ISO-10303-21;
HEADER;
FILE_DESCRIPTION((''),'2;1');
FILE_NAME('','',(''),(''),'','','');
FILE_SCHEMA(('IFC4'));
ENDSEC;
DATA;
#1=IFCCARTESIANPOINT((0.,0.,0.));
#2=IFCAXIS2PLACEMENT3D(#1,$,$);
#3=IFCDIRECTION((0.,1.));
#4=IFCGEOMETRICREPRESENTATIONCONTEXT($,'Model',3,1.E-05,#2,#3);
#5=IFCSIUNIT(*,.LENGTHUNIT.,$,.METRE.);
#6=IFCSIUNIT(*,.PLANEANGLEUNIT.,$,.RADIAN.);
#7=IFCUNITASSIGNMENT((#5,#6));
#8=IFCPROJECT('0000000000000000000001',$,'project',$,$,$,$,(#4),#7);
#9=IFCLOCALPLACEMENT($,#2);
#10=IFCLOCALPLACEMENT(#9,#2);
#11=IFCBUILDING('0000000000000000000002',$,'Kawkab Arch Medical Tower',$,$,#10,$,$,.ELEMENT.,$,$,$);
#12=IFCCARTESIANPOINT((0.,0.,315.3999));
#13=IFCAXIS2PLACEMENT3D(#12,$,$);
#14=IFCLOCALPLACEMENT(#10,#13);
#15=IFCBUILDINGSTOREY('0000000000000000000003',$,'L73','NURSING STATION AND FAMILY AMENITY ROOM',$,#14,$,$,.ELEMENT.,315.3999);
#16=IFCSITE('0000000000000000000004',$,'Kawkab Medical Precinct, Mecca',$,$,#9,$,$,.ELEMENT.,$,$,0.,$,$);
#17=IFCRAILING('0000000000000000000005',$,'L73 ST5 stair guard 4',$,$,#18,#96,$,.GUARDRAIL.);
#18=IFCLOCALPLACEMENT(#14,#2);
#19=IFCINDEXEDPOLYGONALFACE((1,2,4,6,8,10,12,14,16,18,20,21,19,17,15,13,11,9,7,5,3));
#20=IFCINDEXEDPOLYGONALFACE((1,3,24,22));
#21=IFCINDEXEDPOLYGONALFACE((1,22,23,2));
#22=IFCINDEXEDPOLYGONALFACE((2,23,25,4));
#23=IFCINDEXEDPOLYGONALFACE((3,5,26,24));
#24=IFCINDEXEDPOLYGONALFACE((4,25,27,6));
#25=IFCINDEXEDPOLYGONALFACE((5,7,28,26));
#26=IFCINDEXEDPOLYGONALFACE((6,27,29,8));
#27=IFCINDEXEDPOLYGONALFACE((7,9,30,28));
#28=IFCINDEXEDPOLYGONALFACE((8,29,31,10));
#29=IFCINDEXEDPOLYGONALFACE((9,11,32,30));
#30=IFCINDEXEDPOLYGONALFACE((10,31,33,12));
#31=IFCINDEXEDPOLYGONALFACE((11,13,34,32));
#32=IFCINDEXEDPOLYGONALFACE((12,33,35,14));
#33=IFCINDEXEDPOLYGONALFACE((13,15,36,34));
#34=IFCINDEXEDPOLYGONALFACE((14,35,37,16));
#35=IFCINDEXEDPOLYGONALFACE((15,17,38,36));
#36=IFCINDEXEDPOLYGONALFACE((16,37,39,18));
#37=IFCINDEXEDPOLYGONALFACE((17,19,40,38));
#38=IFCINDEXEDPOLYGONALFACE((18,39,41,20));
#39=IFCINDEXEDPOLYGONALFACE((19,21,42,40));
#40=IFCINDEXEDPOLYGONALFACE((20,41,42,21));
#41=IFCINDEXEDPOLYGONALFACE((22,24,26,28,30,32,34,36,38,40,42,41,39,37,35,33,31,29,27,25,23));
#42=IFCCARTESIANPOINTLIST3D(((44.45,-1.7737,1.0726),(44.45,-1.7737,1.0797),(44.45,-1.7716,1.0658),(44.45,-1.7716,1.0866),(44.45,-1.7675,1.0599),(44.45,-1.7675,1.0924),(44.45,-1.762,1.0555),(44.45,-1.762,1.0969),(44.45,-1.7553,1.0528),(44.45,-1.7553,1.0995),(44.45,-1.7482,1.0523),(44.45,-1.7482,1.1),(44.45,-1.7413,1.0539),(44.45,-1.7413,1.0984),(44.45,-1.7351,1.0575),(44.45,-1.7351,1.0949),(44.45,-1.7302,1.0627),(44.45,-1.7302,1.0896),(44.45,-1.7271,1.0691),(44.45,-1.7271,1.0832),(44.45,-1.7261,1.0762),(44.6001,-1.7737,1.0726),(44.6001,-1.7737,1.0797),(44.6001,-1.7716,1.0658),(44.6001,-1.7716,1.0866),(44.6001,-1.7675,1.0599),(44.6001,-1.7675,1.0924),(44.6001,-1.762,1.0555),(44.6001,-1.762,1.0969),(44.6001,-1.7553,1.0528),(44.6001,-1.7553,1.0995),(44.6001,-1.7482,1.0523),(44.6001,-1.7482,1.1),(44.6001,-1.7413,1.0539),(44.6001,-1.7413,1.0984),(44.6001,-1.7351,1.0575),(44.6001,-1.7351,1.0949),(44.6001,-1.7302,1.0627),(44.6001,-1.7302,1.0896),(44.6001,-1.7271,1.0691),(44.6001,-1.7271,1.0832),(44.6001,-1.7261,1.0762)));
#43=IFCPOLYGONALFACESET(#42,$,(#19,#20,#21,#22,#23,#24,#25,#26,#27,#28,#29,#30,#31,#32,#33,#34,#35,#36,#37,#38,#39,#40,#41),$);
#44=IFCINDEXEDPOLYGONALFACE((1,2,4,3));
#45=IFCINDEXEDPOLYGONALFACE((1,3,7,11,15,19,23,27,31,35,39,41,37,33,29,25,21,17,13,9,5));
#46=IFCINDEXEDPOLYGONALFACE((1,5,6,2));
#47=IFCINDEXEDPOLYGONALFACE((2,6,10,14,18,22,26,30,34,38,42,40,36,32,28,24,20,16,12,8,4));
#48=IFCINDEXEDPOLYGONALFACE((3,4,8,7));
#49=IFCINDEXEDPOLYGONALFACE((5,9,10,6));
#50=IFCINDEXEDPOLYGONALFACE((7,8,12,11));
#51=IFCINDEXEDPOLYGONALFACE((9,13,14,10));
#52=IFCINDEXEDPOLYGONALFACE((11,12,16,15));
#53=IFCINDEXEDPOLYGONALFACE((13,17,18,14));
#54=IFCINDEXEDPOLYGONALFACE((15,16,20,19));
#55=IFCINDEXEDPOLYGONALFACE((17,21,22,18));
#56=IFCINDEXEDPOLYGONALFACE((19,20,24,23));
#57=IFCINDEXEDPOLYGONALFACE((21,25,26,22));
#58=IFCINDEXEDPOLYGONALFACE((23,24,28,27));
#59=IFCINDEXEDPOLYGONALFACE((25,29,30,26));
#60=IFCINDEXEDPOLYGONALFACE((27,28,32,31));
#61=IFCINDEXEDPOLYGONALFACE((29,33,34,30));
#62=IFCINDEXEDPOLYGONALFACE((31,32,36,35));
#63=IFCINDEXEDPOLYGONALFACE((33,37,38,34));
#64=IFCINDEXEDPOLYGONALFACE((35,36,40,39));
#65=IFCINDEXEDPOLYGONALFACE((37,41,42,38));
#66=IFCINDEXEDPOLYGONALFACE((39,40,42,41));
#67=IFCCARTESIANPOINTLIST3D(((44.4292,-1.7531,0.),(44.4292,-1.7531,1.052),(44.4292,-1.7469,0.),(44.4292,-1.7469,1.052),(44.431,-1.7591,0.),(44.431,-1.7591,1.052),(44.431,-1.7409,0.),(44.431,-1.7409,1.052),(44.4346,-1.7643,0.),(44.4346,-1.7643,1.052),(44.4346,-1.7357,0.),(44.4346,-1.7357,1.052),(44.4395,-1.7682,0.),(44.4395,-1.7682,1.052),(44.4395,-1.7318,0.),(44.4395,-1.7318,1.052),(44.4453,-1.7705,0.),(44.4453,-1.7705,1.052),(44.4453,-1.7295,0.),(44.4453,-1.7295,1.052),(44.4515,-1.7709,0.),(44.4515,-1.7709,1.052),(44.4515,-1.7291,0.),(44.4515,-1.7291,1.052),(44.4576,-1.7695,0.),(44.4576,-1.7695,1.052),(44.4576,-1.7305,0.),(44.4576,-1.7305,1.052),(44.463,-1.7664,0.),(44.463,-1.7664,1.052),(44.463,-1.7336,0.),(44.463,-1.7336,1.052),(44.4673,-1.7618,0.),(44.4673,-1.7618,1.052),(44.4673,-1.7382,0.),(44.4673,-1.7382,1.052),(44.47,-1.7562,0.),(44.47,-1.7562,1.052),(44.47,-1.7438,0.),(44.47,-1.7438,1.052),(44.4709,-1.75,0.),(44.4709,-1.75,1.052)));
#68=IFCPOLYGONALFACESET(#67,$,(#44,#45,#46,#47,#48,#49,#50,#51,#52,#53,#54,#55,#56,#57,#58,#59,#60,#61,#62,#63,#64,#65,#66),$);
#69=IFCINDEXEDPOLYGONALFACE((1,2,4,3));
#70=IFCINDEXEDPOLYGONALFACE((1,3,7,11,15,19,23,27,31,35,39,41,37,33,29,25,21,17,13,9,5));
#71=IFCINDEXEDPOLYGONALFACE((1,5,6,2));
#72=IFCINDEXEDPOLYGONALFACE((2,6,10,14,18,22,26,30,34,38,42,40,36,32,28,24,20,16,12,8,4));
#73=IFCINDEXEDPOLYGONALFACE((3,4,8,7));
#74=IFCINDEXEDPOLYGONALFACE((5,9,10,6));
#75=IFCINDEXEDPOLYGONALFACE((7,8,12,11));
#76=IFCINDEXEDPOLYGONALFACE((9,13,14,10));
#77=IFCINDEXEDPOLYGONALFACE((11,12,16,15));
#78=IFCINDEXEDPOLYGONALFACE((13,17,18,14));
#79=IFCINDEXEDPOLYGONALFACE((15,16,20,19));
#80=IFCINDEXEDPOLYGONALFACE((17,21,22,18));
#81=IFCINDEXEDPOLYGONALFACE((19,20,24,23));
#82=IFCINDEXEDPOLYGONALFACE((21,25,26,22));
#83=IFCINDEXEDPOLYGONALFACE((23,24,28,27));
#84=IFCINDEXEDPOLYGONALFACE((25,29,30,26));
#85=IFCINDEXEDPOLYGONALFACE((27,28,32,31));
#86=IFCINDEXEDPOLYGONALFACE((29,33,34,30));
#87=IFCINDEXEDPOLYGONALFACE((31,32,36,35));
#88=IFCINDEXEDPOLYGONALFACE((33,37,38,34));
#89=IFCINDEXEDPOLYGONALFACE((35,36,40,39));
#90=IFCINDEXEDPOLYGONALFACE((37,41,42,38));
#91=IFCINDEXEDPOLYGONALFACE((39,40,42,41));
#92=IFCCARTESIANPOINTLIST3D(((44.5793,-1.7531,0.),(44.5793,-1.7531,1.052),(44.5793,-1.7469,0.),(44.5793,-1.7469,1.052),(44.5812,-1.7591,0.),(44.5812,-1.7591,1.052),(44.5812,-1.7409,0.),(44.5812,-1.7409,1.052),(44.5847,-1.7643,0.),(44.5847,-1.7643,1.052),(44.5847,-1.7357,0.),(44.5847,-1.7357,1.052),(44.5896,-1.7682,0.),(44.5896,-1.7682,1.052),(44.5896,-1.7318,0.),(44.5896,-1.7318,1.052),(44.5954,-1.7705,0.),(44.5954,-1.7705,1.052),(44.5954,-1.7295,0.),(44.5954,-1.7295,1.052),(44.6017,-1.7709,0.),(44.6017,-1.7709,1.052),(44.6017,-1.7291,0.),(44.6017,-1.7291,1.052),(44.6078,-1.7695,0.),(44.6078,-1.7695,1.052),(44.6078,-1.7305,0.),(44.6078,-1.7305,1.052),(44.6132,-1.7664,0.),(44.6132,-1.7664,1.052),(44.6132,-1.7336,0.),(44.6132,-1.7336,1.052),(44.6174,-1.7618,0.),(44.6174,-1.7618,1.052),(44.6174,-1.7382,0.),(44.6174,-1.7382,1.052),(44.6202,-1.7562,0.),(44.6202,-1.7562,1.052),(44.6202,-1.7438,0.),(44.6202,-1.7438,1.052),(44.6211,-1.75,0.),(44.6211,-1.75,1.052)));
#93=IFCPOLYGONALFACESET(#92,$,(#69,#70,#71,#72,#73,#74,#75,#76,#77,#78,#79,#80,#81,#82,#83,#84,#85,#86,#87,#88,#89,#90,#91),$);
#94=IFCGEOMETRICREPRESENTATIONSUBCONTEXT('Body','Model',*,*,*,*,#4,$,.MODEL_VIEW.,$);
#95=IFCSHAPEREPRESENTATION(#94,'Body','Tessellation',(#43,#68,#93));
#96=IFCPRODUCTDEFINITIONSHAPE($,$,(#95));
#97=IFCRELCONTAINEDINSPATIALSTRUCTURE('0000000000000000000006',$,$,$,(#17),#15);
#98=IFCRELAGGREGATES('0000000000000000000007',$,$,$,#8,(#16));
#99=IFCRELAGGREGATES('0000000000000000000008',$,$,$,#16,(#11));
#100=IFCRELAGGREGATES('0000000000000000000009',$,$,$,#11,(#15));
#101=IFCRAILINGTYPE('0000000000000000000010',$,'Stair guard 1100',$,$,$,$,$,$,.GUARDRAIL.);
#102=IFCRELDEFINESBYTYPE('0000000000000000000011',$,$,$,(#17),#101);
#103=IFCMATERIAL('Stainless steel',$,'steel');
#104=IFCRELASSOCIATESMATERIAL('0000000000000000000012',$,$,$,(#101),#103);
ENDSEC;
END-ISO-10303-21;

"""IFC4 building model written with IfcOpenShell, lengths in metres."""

from ifc_helpers import new_model, si_unit, direction, frame, origin, origin_2d, place, context, subcontext, project, spatial, circle, extrude, material, type_object, element, save


model = new_model("IFC4")

# Units and contexts
model_context = context("Model", 3, precision=1e-05, world=origin(), true_north=direction((0.0, 1.0)))
body_context = subcontext(model_context, "Body", "Model", "MODEL_VIEW")
ifc_project = project(units=[si_unit("LENGTHUNIT", "METRE"), si_unit("PLANEANGLEUNIT", "RADIAN")], contexts=[model_context])

# Site, building, storey
site_placement = place(None, origin())
site = spatial("IfcSite", under=ifc_project, at=site_placement, Name="Kawkab Medical Precinct, Mecca", CompositionType="ELEMENT", RefElevation=0.0)
building_placement = place(site_placement, origin())
building = spatial("IfcBuilding", under=site, at=building_placement, Name="Kawkab Arch Medical Tower", CompositionType="ELEMENT")
storey_placement = place(building_placement, frame((0.0, 0.0, 315.3999)))
storey = spatial("IfcBuildingStorey", under=building, at=storey_placement, Name="L73", Description="NURSING STATION AND FAMILY AMENITY ROOM", CompositionType="ELEMENT", Elevation=315.3999)

# Railing
ifc_material_1 = material(Name="Stainless steel", Category="steel")
railing_type_1 = type_object("IfcRailingType", Name="Stair guard 1100", PredefinedType="GUARDRAIL", material=ifc_material_1)
railing_1_placement = place(storey_placement, frame((44.45, -1.75, 0.0)))
element("IfcRailing", 1, at=railing_1_placement, inside=storey, type_object=railing_type_1, Name="L73 ST5 stair guard 4", PredefinedType="GUARDRAIL", context=body_context, shape_type="SweptSolid", body=[
    extrude(circle(Radius=0.0239, at=origin_2d()), frame((0.0, 0.0, 1.0762), z_axis=(1.0, 0.0, 0.0), x_axis=(0.0, 1.0, 0.0)), (0.0, 0.0, 1.0), 0.1501),
    extrude(circle(Radius=0.021, at=origin_2d()), origin(), (0.0, 0.0, 1.0), 1.052),
    extrude(circle(Radius=0.021, at=origin_2d()), frame((0.1501, 0.0, 0.0)), (0.0, 0.0, 1.0), 1.052),
])

save(model, "model.ifc")
